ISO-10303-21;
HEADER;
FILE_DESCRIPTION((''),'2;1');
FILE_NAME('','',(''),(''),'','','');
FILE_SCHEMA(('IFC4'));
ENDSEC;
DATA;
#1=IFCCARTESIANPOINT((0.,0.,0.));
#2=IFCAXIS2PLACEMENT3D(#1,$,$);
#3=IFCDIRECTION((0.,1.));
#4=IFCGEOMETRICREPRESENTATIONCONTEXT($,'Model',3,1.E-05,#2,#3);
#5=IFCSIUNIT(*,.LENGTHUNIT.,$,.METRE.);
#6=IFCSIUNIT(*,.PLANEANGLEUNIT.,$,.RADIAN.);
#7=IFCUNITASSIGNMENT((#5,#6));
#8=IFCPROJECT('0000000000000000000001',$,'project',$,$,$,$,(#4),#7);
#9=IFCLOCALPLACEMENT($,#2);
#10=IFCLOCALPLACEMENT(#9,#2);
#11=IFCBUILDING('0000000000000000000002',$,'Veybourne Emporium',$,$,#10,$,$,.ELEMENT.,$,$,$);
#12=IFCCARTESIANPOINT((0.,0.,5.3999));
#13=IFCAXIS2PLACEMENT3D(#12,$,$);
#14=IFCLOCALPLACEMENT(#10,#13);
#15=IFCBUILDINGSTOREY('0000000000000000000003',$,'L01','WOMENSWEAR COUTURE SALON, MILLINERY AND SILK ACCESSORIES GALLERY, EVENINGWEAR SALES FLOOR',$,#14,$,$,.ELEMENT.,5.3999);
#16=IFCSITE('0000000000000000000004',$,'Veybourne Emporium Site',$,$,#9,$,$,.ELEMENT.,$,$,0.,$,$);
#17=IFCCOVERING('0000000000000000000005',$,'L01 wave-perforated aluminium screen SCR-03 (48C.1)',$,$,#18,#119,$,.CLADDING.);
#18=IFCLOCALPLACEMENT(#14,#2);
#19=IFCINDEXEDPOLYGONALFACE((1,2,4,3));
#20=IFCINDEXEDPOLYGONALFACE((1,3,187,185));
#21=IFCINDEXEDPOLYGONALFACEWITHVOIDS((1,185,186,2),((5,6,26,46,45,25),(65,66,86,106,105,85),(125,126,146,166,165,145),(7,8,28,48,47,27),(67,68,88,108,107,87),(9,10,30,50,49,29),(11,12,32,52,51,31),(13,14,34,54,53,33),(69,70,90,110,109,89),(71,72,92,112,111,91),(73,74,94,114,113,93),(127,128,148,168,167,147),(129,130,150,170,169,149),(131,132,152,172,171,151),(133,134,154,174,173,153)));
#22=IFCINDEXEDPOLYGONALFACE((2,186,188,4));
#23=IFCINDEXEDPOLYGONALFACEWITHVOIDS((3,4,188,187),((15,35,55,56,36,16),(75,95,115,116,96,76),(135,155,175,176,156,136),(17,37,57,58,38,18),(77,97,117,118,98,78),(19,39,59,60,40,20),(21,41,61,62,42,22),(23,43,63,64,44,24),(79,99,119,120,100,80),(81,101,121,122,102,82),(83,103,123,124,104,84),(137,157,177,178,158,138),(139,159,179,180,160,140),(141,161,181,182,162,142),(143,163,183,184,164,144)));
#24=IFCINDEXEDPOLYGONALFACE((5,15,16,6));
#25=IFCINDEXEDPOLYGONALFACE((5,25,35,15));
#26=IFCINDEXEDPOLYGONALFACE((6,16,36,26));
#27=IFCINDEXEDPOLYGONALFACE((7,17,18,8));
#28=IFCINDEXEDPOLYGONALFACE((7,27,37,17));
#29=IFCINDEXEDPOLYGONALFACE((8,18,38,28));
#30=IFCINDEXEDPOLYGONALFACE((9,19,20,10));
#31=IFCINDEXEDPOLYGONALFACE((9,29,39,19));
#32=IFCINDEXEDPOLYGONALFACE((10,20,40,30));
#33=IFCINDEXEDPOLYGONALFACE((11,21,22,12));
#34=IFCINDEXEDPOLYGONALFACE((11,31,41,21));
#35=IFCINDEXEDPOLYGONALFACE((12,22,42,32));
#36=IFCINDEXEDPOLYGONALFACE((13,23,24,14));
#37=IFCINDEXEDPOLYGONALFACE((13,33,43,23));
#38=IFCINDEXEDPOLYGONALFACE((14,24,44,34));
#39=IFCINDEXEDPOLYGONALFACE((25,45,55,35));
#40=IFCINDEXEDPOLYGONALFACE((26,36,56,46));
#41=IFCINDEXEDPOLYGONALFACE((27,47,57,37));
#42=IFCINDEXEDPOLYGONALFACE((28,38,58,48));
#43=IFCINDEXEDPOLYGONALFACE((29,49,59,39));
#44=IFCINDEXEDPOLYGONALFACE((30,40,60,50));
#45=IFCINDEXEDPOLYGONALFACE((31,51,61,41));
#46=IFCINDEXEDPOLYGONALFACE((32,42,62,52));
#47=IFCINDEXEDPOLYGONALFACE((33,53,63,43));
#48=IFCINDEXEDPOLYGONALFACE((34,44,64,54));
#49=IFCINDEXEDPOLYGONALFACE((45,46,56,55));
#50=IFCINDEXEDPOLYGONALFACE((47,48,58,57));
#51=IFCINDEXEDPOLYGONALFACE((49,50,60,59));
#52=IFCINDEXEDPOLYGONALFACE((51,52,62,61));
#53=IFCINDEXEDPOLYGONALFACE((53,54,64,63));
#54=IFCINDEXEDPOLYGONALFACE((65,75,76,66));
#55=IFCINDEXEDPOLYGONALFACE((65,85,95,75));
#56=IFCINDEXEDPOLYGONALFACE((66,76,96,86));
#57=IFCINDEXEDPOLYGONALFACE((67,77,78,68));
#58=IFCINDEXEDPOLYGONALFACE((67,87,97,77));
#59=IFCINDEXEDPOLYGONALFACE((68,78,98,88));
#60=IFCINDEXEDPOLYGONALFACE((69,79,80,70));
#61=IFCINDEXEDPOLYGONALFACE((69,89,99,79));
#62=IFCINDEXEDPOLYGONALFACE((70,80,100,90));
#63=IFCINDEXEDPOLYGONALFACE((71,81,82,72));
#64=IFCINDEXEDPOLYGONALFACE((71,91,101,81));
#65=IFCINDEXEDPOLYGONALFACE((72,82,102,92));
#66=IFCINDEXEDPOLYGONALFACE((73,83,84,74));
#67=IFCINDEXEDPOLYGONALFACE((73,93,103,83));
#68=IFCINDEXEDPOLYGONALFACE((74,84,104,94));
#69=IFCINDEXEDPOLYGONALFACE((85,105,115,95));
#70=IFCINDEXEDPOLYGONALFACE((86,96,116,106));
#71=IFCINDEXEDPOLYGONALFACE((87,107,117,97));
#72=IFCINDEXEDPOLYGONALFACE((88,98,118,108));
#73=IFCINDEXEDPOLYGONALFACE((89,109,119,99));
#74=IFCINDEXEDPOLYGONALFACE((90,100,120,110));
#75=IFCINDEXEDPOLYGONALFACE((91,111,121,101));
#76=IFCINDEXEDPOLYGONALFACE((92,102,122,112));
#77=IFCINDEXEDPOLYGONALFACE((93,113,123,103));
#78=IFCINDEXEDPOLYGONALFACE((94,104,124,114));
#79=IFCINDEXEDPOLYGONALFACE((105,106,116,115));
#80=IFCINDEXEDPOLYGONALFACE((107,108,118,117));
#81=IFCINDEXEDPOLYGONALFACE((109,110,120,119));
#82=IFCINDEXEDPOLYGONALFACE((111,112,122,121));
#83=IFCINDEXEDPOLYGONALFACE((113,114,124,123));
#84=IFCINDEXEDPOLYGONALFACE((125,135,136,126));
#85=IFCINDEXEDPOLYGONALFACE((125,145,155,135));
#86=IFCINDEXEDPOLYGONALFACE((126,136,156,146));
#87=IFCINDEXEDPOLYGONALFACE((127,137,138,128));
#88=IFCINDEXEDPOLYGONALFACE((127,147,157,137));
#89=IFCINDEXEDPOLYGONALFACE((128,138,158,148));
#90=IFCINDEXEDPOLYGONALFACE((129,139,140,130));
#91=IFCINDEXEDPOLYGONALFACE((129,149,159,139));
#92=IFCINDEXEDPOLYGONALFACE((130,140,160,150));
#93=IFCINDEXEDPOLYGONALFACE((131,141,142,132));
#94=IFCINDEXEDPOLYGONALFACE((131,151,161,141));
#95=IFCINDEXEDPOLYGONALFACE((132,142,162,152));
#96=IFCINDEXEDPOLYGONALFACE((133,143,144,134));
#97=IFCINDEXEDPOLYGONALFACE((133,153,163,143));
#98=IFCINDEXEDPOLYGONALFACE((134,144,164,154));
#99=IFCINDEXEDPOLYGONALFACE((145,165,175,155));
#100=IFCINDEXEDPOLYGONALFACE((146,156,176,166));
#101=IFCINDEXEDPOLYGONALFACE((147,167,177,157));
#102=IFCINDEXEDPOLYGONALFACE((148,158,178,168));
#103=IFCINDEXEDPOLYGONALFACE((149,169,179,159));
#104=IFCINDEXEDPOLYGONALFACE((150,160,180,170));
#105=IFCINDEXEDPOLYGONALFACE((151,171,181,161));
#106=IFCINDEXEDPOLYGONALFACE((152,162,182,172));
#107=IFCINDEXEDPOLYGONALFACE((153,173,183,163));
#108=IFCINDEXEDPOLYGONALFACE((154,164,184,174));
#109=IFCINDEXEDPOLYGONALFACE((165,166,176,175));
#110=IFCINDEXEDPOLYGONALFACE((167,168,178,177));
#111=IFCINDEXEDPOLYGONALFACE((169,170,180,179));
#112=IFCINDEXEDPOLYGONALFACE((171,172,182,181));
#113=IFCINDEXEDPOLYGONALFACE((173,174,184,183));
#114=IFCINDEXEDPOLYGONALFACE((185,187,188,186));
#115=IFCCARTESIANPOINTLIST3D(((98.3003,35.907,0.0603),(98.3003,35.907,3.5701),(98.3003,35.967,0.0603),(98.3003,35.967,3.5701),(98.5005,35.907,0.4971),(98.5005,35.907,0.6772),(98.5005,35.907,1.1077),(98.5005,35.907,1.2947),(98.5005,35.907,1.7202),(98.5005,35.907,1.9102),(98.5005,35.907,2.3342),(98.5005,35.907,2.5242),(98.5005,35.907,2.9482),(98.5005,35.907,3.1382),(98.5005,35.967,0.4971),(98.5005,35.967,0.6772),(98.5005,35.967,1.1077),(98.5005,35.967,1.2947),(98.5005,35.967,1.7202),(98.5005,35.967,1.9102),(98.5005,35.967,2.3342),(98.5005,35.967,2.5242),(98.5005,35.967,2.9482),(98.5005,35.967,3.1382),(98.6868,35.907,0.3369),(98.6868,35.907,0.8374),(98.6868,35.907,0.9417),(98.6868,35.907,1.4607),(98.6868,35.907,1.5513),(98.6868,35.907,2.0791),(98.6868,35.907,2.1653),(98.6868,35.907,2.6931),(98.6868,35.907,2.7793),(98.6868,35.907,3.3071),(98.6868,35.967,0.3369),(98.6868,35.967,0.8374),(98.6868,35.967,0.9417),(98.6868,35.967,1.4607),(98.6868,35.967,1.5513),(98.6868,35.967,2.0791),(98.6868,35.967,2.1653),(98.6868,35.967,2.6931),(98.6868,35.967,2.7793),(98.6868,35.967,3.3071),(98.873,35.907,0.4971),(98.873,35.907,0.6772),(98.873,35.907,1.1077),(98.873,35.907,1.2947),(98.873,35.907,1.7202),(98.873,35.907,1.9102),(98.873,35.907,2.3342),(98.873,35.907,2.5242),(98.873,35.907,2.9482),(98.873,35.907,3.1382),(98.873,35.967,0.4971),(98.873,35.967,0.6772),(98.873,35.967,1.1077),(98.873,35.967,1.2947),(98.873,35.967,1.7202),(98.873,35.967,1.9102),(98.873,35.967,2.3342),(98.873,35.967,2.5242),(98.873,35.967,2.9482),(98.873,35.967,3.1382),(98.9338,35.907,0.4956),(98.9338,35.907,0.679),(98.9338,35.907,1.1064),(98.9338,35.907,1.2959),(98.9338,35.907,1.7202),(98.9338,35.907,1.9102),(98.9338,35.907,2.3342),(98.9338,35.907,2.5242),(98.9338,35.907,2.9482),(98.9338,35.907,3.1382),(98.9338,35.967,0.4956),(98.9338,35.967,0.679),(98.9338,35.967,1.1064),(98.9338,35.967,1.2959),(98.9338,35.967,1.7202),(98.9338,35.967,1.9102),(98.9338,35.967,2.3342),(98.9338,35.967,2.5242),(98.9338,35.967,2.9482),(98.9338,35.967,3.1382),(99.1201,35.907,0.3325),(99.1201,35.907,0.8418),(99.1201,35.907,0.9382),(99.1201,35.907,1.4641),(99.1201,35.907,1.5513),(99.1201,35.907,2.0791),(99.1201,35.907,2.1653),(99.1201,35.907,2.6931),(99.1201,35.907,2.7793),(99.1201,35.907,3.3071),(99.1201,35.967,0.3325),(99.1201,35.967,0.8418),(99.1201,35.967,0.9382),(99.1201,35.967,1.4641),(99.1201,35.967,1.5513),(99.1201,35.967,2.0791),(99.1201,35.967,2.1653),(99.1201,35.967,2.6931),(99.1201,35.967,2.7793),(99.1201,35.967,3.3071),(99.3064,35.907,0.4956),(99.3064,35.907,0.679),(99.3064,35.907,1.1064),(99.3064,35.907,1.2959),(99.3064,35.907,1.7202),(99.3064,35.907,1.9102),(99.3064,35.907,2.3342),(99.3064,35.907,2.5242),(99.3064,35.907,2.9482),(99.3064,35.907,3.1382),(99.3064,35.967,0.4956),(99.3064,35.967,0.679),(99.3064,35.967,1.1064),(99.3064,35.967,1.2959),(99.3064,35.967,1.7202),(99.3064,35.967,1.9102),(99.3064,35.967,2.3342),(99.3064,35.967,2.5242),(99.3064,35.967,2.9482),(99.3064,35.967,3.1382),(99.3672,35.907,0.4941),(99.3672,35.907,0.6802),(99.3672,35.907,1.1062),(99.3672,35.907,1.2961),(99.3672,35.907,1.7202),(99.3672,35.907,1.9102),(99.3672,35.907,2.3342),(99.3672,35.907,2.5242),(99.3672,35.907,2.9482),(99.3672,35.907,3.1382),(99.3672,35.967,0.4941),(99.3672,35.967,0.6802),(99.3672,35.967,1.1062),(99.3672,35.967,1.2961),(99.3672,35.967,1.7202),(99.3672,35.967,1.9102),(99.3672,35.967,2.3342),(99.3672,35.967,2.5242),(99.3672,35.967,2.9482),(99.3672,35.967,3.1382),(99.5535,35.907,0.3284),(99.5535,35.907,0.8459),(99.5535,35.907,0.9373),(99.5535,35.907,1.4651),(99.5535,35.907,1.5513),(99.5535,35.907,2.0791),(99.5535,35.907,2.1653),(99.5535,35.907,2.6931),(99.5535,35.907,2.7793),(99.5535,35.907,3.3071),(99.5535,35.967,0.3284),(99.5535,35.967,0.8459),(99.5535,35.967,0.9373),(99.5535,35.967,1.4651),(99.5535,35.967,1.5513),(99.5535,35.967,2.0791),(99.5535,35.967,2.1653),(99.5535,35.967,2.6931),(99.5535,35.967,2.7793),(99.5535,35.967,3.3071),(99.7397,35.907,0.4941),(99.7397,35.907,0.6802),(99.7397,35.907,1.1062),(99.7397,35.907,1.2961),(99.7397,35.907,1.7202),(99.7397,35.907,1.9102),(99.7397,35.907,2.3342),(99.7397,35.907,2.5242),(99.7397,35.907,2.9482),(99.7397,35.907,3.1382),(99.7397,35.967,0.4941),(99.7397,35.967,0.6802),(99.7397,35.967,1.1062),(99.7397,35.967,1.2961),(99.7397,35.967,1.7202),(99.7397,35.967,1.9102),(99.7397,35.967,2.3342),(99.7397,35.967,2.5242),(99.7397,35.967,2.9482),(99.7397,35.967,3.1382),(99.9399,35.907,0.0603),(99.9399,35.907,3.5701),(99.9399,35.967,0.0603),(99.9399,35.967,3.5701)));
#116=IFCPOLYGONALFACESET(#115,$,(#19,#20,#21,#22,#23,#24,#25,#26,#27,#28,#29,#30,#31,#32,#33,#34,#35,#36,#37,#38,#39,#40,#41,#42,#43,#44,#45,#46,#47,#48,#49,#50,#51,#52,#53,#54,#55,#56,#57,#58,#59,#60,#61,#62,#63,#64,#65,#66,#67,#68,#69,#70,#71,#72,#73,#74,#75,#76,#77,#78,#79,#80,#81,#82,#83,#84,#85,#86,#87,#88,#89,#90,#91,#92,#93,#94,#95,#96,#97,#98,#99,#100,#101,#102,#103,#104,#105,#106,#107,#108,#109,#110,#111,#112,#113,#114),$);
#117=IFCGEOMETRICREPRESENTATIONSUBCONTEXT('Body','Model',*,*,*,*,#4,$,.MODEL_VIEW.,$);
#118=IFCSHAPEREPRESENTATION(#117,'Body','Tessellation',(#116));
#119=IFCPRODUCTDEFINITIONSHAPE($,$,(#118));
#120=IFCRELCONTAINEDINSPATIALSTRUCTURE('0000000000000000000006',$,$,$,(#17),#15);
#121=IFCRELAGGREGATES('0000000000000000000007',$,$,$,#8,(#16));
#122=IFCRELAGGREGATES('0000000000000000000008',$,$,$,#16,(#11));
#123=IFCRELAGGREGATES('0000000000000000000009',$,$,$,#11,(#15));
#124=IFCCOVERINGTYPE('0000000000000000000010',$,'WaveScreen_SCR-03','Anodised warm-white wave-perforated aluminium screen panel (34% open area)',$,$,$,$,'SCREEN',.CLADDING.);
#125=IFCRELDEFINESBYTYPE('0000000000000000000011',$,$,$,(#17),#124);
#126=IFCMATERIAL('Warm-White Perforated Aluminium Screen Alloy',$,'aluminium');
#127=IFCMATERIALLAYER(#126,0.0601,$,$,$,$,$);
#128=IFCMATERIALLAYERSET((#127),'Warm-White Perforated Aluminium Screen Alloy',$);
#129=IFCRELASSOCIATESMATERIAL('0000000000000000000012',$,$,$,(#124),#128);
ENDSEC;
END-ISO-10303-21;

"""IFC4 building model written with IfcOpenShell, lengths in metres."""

from ifc_helpers import new_model, si_unit, direction, frame, origin, place, context, subcontext, project, spatial, polyline, outline, extrude, material, layer, layer_set, type_object, element, save


model = new_model("IFC4")

# Units and contexts
model_context = context("Model", 3, precision=1e-05, world=origin(), true_north=direction((0.0, 1.0)))
body_context = subcontext(model_context, "Body", "Model", "MODEL_VIEW")
ifc_project = project(units=[si_unit("LENGTHUNIT", "METRE"), si_unit("PLANEANGLEUNIT", "RADIAN")], contexts=[model_context])

# Site, building, storey
site_placement = place(None, origin())
site = spatial("IfcSite", under=ifc_project, at=site_placement, Name="Veybourne Emporium Site", CompositionType="ELEMENT", RefElevation=0.0)
building_placement = place(site_placement, origin())
building = spatial("IfcBuilding", under=site, at=building_placement, Name="Veybourne Emporium", CompositionType="ELEMENT")
storey_placement = place(building_placement, frame((0.0, 0.0, 5.3999)))
storey = spatial("IfcBuildingStorey", under=building, at=storey_placement, Name="L01", Description="WOMENSWEAR COUTURE SALON, MILLINERY AND SILK ACCESSORIES GALLERY, EVENINGWEAR SALES FLOOR", CompositionType="ELEMENT", Elevation=5.3999)

# Covering
ifc_material_1 = material(Name="Warm-White Perforated Aluminium Screen Alloy", Category="aluminium")
ifc_layer_1 = layer(ifc_material_1, 0.0601)
ifc_layer_set_1 = layer_set([ifc_layer_1], Name="Warm-White Perforated Aluminium Screen Alloy")
covering_type_1 = type_object("IfcCoveringType", Name="WaveScreen_SCR-03", Description="Anodised warm-white wave-perforated aluminium screen panel (34% open area)", ElementType="SCREEN", PredefinedType="CLADDING", material=ifc_layer_set_1)
covering_1_placement = place(storey_placement, frame((99.1201, 35.907, 1.8152), z_axis=(0.0, 1.0, 0.0), x_axis=(-1.0, 0.0, 0.0)))
element("IfcCovering", 1, at=covering_1_placement, inside=storey, type_object=covering_type_1, Name="L01 wave-perforated aluminium screen SCR-03 (48C.1)", PredefinedType="CLADDING", context=body_context, shape_type="SweptSolid", body=[
    extrude(outline(polyline([(-0.8198, -1.7549), (0.8198, -1.7549), (0.8198, 1.7549), (-0.8198, 1.7549), (-0.8198, -1.7549)]), holes=[polyline([(-0.4333, -0.9692), (-0.2471, -1.135), (-0.2471, -1.321), (-0.4333, -1.4868), (-0.6196, -1.321), (-0.6196, -1.135), (-0.4333, -0.9692)]), polyline([(-0.4333, -0.3501), (-0.2471, -0.519), (-0.2471, -0.709), (-0.4333, -0.8779), (-0.6196, -0.709), (-0.6196, -0.519), (-0.4333, -0.3501)]), polyline([(-0.4333, 0.2639), (-0.2471, 0.095), (-0.2471, -0.095), (-0.4333, -0.2639), (-0.6196, -0.095), (-0.6196, 0.095), (-0.4333, 0.2639)]), polyline([(-0.4333, 0.8779), (-0.2471, 0.709), (-0.2471, 0.519), (-0.4333, 0.3501), (-0.6196, 0.519), (-0.6196, 0.709), (-0.4333, 0.8779)]), polyline([(-0.4333, 1.4919), (-0.2471, 1.323), (-0.2471, 1.1331), (-0.4333, 0.9641), (-0.6196, 1.1331), (-0.6196, 1.323), (-0.4333, 1.4919)]), polyline([(0.0, -0.9734), (0.1863, -1.1362), (0.1863, -1.3196), (0.0, -1.4827), (-0.1863, -1.3196), (-0.1863, -1.1362), (0.0, -0.9734)]), polyline([(0.0, -0.3511), (0.1863, -0.5193), (0.1863, -0.7087), (0.0, -0.877), (-0.1863, -0.7087), (-0.1863, -0.5193), (0.0, -0.3511)]), polyline([(0.0, 0.2639), (0.1863, 0.095), (0.1863, -0.095), (0.0, -0.2639), (-0.1863, -0.095), (-0.1863, 0.095), (0.0, 0.2639)]), polyline([(0.0, 0.8779), (0.1863, 0.709), (0.1863, 0.519), (0.0, 0.3501), (-0.1863, 0.519), (-0.1863, 0.709), (0.0, 0.8779)]), polyline([(0.0, 1.4919), (0.1863, 1.323), (0.1863, 1.1331), (0.0, 0.9641), (-0.1863, 1.1331), (-0.1863, 1.323), (0.0, 1.4919)]), polyline([(0.4333, -0.9778), (0.6196, -1.1379), (0.6196, -1.3181), (0.4333, -1.4783), (0.2471, -1.3181), (0.2471, -1.1379), (0.4333, -0.9778)]), polyline([(0.4333, -0.3545), (0.6196, -0.5205), (0.6196, -0.7075), (0.4333, -0.8735), (0.2471, -0.7075), (0.2471, -0.5205), (0.4333, -0.3545)]), polyline([(0.4333, 0.2639), (0.6196, 0.095), (0.6196, -0.095), (0.4333, -0.2639), (0.2471, -0.095), (0.2471, 0.095), (0.4333, 0.2639)]), polyline([(0.4333, 0.8779), (0.6196, 0.709), (0.6196, 0.519), (0.4333, 0.3501), (0.2471, 0.519), (0.2471, 0.709), (0.4333, 0.8779)]), polyline([(0.4333, 1.4919), (0.6196, 1.323), (0.6196, 1.1331), (0.4333, 0.9641), (0.2471, 1.1331), (0.2471, 1.323), (0.4333, 1.4919)])]), origin(), (0.0, 0.0, 1.0), 0.0601),
])

save(model, "model.ifc")
